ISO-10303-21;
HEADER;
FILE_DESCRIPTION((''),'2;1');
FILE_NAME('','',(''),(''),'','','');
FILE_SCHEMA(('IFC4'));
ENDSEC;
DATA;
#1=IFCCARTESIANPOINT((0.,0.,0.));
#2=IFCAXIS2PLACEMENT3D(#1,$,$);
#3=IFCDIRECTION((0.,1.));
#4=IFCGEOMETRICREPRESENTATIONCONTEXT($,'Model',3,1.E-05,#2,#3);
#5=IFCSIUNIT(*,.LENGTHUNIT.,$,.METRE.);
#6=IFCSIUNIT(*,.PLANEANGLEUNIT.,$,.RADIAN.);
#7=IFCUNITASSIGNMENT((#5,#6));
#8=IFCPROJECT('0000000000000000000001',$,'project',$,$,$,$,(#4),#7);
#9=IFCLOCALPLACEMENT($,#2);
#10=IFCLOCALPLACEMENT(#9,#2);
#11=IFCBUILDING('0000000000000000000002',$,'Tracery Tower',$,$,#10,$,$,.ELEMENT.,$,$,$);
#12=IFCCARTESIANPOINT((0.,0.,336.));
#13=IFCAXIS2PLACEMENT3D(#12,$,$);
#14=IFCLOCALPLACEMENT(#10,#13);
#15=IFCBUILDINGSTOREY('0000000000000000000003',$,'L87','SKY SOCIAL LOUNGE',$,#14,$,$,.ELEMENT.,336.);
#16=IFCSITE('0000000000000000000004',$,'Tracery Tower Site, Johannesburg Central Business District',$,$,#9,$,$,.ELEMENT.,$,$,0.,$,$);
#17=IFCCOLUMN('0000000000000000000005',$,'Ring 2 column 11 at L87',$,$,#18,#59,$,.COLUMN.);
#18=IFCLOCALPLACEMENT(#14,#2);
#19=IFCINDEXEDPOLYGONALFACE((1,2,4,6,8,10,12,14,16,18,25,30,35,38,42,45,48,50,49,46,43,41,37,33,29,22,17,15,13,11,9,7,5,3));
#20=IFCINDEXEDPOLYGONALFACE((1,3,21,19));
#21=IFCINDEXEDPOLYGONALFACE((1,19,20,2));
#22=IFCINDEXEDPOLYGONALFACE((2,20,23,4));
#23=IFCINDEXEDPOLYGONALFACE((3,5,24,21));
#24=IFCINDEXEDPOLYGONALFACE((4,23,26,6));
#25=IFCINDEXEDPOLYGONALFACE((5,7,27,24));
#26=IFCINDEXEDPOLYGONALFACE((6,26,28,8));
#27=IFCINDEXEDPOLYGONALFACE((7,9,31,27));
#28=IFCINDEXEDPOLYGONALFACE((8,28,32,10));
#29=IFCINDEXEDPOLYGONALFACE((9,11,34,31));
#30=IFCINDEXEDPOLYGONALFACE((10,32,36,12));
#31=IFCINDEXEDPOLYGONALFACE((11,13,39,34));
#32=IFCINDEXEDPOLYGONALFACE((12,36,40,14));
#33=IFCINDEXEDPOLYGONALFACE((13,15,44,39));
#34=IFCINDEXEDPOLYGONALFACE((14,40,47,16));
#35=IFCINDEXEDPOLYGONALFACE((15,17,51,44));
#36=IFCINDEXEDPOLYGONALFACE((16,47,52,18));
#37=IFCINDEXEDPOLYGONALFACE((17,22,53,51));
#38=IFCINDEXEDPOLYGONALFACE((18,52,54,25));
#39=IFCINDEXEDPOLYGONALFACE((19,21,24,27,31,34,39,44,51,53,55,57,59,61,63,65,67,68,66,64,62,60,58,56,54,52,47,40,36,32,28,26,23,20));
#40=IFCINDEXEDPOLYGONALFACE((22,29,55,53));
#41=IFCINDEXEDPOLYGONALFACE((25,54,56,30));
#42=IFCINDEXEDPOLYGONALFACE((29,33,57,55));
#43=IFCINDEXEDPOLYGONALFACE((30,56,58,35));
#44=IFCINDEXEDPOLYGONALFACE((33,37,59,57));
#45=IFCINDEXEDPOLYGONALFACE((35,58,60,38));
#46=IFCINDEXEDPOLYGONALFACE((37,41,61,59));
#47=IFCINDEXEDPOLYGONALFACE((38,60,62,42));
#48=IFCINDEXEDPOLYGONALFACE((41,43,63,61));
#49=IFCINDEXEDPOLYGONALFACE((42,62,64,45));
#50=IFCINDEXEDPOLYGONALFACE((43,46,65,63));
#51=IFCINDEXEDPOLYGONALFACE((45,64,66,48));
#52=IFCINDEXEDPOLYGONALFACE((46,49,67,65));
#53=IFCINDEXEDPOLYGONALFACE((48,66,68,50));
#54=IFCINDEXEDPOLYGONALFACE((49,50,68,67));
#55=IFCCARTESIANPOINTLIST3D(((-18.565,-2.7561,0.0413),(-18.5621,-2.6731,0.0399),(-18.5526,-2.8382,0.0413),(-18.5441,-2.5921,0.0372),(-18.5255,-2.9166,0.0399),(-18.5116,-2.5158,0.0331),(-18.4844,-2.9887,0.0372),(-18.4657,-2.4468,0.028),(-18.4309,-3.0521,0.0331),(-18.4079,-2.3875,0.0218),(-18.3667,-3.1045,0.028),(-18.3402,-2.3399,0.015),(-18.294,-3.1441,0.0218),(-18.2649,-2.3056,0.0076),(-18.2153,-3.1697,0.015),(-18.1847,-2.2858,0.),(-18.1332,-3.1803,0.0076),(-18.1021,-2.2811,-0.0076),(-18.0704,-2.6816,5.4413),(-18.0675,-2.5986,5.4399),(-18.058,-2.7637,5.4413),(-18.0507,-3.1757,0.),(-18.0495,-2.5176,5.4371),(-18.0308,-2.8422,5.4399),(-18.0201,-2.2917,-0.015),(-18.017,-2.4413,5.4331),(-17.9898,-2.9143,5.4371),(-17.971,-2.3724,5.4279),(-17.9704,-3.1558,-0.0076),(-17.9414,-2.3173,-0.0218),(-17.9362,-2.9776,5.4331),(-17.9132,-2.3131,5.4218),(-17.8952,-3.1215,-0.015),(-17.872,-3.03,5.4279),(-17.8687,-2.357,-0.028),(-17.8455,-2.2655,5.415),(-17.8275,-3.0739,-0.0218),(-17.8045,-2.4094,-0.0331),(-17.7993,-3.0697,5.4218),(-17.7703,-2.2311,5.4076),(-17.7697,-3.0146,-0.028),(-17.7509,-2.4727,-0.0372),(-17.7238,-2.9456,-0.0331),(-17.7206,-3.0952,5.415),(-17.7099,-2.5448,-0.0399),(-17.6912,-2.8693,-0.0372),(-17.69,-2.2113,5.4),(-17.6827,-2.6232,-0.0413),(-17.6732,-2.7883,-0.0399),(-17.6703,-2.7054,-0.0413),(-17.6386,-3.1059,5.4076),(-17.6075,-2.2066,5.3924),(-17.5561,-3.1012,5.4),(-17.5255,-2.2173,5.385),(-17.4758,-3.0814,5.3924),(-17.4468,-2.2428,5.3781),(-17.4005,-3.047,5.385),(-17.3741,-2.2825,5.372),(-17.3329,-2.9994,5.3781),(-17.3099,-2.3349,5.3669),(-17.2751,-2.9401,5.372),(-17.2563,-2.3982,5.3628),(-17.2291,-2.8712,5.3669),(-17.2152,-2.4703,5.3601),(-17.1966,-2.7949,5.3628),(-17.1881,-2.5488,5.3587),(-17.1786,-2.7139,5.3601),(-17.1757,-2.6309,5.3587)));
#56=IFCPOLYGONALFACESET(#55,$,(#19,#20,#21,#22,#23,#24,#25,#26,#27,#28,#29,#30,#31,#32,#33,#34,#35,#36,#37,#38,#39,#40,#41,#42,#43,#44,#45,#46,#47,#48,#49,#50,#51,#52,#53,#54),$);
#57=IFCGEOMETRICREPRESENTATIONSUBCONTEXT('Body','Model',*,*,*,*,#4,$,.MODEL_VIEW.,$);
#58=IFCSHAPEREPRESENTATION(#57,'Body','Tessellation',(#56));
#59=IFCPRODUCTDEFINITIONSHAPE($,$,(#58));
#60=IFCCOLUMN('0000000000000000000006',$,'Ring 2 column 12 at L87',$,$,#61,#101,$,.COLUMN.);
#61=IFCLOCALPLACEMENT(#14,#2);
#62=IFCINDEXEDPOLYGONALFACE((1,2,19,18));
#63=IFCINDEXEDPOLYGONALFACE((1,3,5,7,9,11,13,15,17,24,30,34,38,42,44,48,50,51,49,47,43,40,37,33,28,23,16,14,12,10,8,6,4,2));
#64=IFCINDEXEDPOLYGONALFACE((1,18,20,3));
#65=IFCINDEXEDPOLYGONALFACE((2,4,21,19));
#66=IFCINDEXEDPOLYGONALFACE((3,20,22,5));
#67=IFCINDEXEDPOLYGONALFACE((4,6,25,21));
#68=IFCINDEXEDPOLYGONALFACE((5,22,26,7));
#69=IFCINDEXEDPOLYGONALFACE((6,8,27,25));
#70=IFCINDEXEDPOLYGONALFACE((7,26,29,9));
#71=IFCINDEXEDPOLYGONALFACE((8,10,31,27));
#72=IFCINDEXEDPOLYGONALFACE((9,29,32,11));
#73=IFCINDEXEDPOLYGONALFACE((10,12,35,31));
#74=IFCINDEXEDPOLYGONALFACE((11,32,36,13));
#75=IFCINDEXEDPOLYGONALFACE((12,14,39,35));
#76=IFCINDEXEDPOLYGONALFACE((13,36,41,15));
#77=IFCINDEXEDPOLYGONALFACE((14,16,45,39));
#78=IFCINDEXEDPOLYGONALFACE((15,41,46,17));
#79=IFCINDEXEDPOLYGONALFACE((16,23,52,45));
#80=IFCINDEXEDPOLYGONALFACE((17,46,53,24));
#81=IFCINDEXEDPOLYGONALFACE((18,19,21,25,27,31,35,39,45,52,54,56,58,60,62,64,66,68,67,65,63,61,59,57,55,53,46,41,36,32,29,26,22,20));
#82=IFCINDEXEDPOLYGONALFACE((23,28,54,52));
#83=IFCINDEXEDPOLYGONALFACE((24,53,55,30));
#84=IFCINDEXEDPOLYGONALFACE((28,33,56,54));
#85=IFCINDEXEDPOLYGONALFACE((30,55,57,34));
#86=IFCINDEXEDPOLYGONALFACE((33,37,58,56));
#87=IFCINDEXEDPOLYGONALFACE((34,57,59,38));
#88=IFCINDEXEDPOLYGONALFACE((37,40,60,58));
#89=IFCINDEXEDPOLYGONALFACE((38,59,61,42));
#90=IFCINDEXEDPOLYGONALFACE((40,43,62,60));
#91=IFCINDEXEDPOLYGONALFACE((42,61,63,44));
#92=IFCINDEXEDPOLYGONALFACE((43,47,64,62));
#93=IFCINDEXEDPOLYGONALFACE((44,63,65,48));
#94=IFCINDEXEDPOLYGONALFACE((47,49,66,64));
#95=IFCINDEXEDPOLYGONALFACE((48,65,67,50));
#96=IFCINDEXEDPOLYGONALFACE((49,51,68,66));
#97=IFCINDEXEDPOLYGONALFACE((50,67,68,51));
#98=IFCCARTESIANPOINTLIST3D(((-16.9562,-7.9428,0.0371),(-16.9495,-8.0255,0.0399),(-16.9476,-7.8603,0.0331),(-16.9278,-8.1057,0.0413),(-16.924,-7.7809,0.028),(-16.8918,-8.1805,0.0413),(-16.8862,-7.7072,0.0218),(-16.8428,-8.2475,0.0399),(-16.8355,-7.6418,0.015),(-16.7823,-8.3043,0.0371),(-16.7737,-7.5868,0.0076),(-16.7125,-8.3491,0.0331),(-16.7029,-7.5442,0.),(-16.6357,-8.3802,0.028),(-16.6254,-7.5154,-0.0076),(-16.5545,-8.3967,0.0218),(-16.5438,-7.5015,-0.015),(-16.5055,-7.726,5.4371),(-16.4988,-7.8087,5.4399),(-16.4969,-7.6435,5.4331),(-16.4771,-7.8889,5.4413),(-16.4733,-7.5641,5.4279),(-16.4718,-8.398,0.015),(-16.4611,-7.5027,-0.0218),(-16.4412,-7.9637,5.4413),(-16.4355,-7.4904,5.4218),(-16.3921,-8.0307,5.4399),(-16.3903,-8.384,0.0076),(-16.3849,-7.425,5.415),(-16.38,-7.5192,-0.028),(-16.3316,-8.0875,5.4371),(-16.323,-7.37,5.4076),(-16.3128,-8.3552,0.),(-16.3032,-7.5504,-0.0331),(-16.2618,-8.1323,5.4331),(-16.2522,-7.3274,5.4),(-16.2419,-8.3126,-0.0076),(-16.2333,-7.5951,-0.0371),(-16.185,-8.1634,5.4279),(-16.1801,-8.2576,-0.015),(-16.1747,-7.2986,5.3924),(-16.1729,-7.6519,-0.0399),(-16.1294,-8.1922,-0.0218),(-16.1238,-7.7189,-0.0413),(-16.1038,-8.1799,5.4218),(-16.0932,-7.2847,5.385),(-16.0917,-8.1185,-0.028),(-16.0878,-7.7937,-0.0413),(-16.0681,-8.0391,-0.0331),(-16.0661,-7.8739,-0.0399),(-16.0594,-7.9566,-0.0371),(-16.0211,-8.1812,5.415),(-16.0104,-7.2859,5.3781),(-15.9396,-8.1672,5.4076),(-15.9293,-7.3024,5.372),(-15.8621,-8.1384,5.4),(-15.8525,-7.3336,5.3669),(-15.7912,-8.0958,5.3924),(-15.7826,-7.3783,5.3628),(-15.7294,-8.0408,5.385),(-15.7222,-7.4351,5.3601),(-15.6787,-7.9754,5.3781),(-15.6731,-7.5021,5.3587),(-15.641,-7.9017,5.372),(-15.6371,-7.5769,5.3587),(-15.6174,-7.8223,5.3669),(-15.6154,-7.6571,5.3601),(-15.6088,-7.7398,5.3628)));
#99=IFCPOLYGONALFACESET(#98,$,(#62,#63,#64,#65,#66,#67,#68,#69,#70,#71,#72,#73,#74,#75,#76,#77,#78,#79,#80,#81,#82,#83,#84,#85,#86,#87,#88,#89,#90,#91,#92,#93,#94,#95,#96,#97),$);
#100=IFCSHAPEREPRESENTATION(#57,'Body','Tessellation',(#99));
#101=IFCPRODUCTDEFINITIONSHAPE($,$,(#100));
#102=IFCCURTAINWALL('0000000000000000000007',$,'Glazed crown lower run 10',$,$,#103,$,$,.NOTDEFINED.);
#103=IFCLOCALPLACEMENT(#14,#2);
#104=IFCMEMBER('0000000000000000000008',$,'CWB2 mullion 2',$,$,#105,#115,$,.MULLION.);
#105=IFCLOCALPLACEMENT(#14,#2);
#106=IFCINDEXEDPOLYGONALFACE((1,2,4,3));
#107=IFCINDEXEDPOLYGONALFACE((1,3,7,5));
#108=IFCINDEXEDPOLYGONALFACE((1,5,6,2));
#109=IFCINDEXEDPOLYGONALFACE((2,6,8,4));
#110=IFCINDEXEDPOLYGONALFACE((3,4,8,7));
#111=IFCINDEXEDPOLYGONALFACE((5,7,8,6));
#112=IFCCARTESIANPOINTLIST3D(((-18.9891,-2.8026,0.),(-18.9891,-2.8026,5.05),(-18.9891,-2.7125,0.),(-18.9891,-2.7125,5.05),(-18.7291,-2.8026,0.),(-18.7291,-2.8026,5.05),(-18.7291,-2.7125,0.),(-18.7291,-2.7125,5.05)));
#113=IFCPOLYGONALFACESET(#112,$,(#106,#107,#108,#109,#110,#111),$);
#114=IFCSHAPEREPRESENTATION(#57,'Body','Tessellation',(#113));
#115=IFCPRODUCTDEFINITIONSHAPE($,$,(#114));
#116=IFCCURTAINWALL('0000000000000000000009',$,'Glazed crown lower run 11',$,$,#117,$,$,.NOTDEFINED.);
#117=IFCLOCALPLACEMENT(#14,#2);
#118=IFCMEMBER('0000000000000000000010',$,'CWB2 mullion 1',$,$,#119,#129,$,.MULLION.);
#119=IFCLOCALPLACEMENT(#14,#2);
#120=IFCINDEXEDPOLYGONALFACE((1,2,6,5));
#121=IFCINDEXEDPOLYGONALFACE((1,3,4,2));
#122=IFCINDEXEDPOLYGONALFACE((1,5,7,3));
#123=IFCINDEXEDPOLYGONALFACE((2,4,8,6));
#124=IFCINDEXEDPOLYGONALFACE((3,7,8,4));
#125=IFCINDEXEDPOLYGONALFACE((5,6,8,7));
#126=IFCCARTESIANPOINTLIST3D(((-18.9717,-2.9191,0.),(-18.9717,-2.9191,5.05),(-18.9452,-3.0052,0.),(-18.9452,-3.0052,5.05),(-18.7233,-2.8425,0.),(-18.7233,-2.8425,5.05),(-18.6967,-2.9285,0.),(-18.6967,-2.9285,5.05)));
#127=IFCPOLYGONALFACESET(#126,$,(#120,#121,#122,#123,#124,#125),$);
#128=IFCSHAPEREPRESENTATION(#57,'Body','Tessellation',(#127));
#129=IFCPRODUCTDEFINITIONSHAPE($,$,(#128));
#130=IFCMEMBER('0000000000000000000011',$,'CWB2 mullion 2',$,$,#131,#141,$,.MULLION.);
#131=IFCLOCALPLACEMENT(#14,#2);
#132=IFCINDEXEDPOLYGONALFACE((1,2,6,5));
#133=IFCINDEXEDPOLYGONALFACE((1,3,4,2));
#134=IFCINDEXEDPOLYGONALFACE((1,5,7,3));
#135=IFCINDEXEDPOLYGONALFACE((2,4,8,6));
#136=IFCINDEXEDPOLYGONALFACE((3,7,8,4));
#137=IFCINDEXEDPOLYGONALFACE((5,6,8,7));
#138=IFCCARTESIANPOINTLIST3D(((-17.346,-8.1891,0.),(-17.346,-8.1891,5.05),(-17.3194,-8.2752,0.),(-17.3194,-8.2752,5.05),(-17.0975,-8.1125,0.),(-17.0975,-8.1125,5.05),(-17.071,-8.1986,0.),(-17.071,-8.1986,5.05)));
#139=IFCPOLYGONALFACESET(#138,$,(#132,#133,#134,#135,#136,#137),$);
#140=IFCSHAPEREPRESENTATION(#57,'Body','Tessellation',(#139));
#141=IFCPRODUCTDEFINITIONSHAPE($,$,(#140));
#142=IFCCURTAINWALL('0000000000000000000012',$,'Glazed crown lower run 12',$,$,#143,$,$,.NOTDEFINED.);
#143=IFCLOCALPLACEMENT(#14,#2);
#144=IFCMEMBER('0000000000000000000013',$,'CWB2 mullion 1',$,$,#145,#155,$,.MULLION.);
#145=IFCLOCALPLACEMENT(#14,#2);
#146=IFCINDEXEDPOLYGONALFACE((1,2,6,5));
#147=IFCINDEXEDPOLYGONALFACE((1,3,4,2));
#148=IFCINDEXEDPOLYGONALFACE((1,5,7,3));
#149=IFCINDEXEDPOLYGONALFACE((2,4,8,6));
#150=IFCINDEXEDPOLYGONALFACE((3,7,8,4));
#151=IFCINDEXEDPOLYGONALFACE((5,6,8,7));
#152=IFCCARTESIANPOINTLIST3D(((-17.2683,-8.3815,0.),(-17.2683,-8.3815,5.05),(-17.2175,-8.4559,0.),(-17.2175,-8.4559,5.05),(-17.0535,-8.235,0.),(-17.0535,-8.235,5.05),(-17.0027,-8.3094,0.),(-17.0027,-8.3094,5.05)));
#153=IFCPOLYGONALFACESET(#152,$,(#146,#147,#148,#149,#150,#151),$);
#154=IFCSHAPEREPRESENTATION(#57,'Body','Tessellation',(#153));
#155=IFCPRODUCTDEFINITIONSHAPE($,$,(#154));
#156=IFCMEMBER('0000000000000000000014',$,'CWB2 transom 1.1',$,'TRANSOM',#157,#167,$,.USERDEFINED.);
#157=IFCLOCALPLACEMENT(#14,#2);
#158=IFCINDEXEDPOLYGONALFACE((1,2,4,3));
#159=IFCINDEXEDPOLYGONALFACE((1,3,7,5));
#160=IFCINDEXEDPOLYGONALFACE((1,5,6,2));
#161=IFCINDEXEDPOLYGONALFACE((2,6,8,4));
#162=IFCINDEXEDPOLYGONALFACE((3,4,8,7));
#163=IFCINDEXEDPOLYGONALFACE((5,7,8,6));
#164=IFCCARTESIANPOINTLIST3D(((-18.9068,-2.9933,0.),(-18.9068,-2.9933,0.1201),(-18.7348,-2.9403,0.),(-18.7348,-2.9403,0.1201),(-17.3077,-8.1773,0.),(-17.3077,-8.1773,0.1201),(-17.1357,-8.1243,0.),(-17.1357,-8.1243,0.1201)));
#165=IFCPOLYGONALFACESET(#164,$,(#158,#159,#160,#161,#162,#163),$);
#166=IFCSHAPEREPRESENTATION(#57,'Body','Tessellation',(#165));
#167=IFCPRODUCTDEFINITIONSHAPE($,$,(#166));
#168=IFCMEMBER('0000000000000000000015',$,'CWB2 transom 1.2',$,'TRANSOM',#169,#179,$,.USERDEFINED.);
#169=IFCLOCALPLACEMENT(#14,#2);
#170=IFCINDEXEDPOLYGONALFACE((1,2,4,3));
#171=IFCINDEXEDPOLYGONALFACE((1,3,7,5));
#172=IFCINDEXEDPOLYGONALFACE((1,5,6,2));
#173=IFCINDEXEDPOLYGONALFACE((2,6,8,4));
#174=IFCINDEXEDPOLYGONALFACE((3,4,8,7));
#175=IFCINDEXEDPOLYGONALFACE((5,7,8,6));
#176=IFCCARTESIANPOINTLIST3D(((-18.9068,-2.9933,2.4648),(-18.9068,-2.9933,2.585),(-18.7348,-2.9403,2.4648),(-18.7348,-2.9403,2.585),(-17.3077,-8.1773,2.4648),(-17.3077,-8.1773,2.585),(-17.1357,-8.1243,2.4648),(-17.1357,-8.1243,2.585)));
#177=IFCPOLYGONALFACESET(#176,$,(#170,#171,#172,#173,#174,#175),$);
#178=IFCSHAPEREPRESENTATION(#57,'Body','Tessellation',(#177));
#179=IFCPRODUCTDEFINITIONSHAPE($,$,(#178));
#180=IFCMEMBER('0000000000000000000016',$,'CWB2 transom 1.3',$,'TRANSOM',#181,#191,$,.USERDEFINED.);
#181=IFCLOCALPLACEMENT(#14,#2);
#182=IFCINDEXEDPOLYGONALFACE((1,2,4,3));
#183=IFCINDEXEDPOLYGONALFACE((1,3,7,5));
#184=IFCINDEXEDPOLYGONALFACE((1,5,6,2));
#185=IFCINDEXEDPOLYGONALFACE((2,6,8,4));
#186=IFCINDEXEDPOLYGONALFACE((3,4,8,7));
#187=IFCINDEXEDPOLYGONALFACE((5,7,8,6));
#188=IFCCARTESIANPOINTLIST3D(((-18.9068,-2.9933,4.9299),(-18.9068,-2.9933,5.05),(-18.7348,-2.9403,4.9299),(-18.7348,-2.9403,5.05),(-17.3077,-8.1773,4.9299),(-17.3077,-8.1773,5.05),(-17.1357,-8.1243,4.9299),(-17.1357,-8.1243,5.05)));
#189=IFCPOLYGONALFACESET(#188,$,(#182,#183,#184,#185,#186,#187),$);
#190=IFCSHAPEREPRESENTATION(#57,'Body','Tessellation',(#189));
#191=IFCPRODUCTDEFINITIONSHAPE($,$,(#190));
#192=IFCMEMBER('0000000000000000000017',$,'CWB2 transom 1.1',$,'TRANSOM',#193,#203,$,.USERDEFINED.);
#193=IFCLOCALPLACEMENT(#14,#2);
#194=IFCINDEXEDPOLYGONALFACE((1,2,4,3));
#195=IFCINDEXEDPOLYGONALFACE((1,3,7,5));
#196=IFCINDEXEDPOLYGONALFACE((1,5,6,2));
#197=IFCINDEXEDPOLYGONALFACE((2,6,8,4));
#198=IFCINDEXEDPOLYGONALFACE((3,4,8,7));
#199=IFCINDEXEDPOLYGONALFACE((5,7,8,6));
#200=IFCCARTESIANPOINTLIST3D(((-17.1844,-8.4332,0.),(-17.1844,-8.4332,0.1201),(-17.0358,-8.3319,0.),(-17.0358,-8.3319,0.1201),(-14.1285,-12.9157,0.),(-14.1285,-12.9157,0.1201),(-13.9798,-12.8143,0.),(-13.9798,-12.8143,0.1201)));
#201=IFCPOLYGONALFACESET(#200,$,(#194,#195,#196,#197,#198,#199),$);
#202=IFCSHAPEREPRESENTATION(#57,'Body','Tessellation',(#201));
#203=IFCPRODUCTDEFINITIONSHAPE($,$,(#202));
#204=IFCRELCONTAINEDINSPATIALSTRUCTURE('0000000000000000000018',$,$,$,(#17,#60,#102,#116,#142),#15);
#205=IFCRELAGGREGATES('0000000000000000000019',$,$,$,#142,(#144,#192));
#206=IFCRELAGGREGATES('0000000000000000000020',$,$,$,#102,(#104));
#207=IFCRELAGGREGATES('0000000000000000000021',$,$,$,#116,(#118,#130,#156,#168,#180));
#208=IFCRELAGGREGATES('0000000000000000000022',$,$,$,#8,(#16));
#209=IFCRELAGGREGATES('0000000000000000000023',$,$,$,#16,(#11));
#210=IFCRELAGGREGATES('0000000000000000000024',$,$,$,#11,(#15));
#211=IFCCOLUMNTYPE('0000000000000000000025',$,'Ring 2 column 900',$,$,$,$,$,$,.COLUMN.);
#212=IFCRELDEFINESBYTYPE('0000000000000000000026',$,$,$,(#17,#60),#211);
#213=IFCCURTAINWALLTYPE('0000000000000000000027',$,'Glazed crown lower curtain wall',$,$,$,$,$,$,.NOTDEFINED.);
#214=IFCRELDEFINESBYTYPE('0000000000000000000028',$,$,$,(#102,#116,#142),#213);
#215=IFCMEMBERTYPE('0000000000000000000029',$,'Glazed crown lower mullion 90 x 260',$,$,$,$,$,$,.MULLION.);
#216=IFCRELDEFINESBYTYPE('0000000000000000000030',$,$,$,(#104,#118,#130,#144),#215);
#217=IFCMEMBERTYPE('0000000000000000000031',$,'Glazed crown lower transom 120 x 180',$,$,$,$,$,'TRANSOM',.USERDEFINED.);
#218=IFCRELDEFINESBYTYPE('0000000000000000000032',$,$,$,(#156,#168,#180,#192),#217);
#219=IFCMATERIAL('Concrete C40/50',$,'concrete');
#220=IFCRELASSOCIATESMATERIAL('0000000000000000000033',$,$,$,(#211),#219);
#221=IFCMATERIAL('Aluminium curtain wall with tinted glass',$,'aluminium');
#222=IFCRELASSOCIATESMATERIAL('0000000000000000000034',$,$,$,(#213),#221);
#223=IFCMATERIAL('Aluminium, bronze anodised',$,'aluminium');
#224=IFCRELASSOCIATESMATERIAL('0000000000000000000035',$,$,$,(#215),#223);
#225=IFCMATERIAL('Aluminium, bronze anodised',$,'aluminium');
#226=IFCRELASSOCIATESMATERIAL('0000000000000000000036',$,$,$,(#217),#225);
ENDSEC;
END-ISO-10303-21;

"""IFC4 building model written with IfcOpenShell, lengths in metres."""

from ifc_helpers import new_model, si_unit, direction, frame, origin, origin_2d, place, context, subcontext, project, spatial, rectangle, circle, extrude, material, material_profile, profile_set, type_object, element, aggregate, save


model = new_model("IFC4")

# Units and contexts
model_context = context("Model", 3, precision=1e-05, world=origin(), true_north=direction((0.0, 1.0)))
body_context = subcontext(model_context, "Body", "Model", "MODEL_VIEW")
ifc_project = project(units=[si_unit("LENGTHUNIT", "METRE"), si_unit("PLANEANGLEUNIT", "RADIAN")], contexts=[model_context])

# Site, building, storey
site_placement = place(None, origin())
site = spatial("IfcSite", under=ifc_project, at=site_placement, Name="Tracery Tower Site, Johannesburg Central Business District", CompositionType="ELEMENT", RefElevation=0.0)
building_placement = place(site_placement, origin())
building = spatial("IfcBuilding", under=site, at=building_placement, Name="Tracery Tower", CompositionType="ELEMENT")
storey_placement = place(building_placement, frame((0.0, 0.0, 336.0)))
storey = spatial("IfcBuildingStorey", under=building, at=storey_placement, Name="L87", Description="SKY SOCIAL LOUNGE", CompositionType="ELEMENT", Elevation=336.0)

# Columns
ifc_material_1 = material(Name="Concrete C40/50", Category="concrete")
ifc_material_profile_1 = material_profile(ifc_material_1, circle(Radius=0.45, at=origin_2d()), Name="RC D900")
ifc_profile_set_1 = profile_set([ifc_material_profile_1], Name="Concrete C40/50")
column_type = type_object("IfcColumnType", Name="Ring 2 column 900", PredefinedType="COLUMN", material=ifc_profile_set_1)
for number, where, z_axis, x_axis, name in (
    (1, (-18.1177, -2.7307, 0.0), (0.091209, 0.013731, 0.995737), (-0.148866, 0.988857, 0.0), "Ring 2 column 11 at L87"),
    (2, (-16.5078, -7.9497, 0.0), (0.083106, 0.039977, 0.995739), (-0.433493, 0.901157, 0.0), "Ring 2 column 12 at L87"),
):
    element("IfcColumn", number, at=place(storey_placement, frame(where, z_axis=z_axis, x_axis=x_axis)), inside=storey, type_object=column_type, Name=name, PredefinedType="COLUMN", context=body_context, shape_type="SweptSolid", body=[
        extrude(circle(Radius=0.45, at=origin_2d()), origin(), (0.0, 0.0, 1.0), 5.4231),
    ])

# Curtain wall, member
ifc_material_2 = material(Name="Aluminium curtain wall with tinted glass", Category="aluminium")
curtain_wall_type = type_object("IfcCurtainWallType", Name="Glazed crown lower curtain wall", PredefinedType="NOTDEFINED", material=ifc_material_2)
curtain_wall_1_placement = place(storey_placement, origin())
curtain_wall_1 = element("IfcCurtainWall", 3, at=curtain_wall_1_placement, inside=storey, type_object=curtain_wall_type, Name="Glazed crown lower run 10", PredefinedType="NOTDEFINED")
ifc_material_3 = material(Name="Aluminium, bronze anodised", Category="aluminium")
ifc_material_profile_2 = material_profile(ifc_material_3, rectangle(XDim=0.26, YDim=0.0901, at=origin_2d()), Name="Glazed crown lower mullion 90 x 260")
ifc_profile_set_2 = profile_set([ifc_material_profile_2], Name="Aluminium, bronze anodised")
member_type_1 = type_object("IfcMemberType", Name="Glazed crown lower mullion 90 x 260", PredefinedType="MULLION", material=ifc_profile_set_2)
member_1_placement = place(storey_placement, frame((-18.8591, -2.7576, 0.0), z_axis=(0.0, 0.0, 1.0), x_axis=(1.0, 0.0, 0.0)))
member_1 = element("IfcMember", 4, at=member_1_placement, type_object=member_type_1, Name="CWB2 mullion 2", PredefinedType="MULLION", context=body_context, shape_type="SweptSolid", body=[
    extrude(rectangle(XDim=0.26, YDim=0.0901, at=origin_2d()), origin(), (0.0, 0.0, 1.0), 5.05),
])

# Curtain wall, members
curtain_wall_2_placement = place(storey_placement, origin())
curtain_wall_2 = element("IfcCurtainWall", 5, at=curtain_wall_2_placement, inside=storey, type_object=curtain_wall_type, Name="Glazed crown lower run 11", PredefinedType="NOTDEFINED")
member_2_placement = place(storey_placement, frame((-18.8342, -2.9238, 0.0), z_axis=(0.0, 0.0, 1.0), x_axis=(0.95557, 0.294765, 0.0)))
member_2 = element("IfcMember", 6, at=member_2_placement, type_object=member_type_1, Name="CWB2 mullion 1", PredefinedType="MULLION", context=body_context, shape_type="SweptSolid", body=[
    extrude(rectangle(XDim=0.26, YDim=0.0901, at=origin_2d()), origin(), (0.0, 0.0, 1.0), 5.05),
])
member_3_placement = place(storey_placement, frame((-17.2085, -8.1938, 0.0), z_axis=(0.0, 0.0, 1.0), x_axis=(0.95557, 0.294765, 0.0)))
member_3 = element("IfcMember", 7, at=member_3_placement, type_object=member_type_1, Name="CWB2 mullion 2", PredefinedType="MULLION", context=body_context, shape_type="SweptSolid", body=[
    extrude(rectangle(XDim=0.26, YDim=0.0901, at=origin_2d()), origin(), (0.0, 0.0, 1.0), 5.05),
])

# Curtain wall, member
curtain_wall_3_placement = place(storey_placement, origin())
curtain_wall_3 = element("IfcCurtainWall", 8, at=curtain_wall_3_placement, inside=storey, type_object=curtain_wall_type, Name="Glazed crown lower run 12", PredefinedType="NOTDEFINED")
member_4_placement = place(storey_placement, frame((-17.1355, -8.3455, 0.0), z_axis=(0.0, 0.0, 1.0), x_axis=(0.826233, 0.563329, 0.0)))
member_4 = element("IfcMember", 9, at=member_4_placement, type_object=member_type_1, Name="CWB2 mullion 1", PredefinedType="MULLION", context=body_context, shape_type="SweptSolid", body=[
    extrude(rectangle(XDim=0.26, YDim=0.0901, at=origin_2d()), origin(), (0.0, 0.0, 1.0), 5.05),
])

# Members
ifc_material_4 = material(Name="Aluminium, bronze anodised", Category="aluminium")
ifc_material_profile_3 = material_profile(ifc_material_4, rectangle(XDim=0.1799, YDim=0.1201, at=origin_2d()), Name="Glazed crown lower transom 120 x 180")
ifc_profile_set_3 = profile_set([ifc_material_profile_3], Name="Aluminium, bronze anodised")
member_type_2 = type_object("IfcMemberType", Name="Glazed crown lower transom 120 x 180", ElementType="TRANSOM", PredefinedType="USERDEFINED", material=ifc_profile_set_3)
member_5_placement = place(storey_placement, frame((-18.8208, -2.9668, 0.0601), z_axis=(0.294763, -0.955571, 0.0), x_axis=(0.955571, 0.294763, 0.0)))
member_5 = element("IfcMember", 10, at=member_5_placement, type_object=member_type_2, Name="CWB2 transom 1.1", ObjectType="TRANSOM", PredefinedType="USERDEFINED", context=body_context, shape_type="SweptSolid", body=[
    extrude(rectangle(XDim=0.1799, YDim=0.1201, at=origin_2d()), origin(), (0.0, 0.0, 1.0), 5.425),
])
member_6_placement = place(storey_placement, frame((-18.8208, -2.9668, 2.5249), z_axis=(0.294763, -0.955571, 0.0), x_axis=(0.955571, 0.294763, 0.0)))
member_6 = element("IfcMember", 11, at=member_6_placement, type_object=member_type_2, Name="CWB2 transom 1.2", ObjectType="TRANSOM", PredefinedType="USERDEFINED", context=body_context, shape_type="SweptSolid", body=[
    extrude(rectangle(XDim=0.1799, YDim=0.1201, at=origin_2d()), origin(), (0.0, 0.0, 1.0), 5.425),
])
member_7_placement = place(storey_placement, frame((-18.8208, -2.9668, 4.99), z_axis=(0.294763, -0.955571, 0.0), x_axis=(0.955571, 0.294763, 0.0)))
member_7 = element("IfcMember", 12, at=member_7_placement, type_object=member_type_2, Name="CWB2 transom 1.3", ObjectType="TRANSOM", PredefinedType="USERDEFINED", context=body_context, shape_type="SweptSolid", body=[
    extrude(rectangle(XDim=0.1799, YDim=0.1201, at=origin_2d()), origin(), (0.0, 0.0, 1.0), 5.425),
])
member_8_placement = place(storey_placement, frame((-17.1101, -8.3826, 0.0601), z_axis=(0.563301, -0.826252, 0.0), x_axis=(0.826252, 0.563301, 0.0)))
member_8 = element("IfcMember", 13, at=member_8_placement, type_object=member_type_2, Name="CWB2 transom 1.1", ObjectType="TRANSOM", PredefinedType="USERDEFINED", context=body_context, shape_type="SweptSolid", body=[
    extrude(rectangle(XDim=0.1799, YDim=0.1201, at=origin_2d()), origin(), (0.0, 0.0, 1.0), 5.425),
])
aggregate(curtain_wall_3, [member_4, member_8])

aggregate(curtain_wall_1, [member_1])
aggregate(curtain_wall_2, [member_2, member_3, member_5, member_6, member_7])

save(model, "model.ifc")
